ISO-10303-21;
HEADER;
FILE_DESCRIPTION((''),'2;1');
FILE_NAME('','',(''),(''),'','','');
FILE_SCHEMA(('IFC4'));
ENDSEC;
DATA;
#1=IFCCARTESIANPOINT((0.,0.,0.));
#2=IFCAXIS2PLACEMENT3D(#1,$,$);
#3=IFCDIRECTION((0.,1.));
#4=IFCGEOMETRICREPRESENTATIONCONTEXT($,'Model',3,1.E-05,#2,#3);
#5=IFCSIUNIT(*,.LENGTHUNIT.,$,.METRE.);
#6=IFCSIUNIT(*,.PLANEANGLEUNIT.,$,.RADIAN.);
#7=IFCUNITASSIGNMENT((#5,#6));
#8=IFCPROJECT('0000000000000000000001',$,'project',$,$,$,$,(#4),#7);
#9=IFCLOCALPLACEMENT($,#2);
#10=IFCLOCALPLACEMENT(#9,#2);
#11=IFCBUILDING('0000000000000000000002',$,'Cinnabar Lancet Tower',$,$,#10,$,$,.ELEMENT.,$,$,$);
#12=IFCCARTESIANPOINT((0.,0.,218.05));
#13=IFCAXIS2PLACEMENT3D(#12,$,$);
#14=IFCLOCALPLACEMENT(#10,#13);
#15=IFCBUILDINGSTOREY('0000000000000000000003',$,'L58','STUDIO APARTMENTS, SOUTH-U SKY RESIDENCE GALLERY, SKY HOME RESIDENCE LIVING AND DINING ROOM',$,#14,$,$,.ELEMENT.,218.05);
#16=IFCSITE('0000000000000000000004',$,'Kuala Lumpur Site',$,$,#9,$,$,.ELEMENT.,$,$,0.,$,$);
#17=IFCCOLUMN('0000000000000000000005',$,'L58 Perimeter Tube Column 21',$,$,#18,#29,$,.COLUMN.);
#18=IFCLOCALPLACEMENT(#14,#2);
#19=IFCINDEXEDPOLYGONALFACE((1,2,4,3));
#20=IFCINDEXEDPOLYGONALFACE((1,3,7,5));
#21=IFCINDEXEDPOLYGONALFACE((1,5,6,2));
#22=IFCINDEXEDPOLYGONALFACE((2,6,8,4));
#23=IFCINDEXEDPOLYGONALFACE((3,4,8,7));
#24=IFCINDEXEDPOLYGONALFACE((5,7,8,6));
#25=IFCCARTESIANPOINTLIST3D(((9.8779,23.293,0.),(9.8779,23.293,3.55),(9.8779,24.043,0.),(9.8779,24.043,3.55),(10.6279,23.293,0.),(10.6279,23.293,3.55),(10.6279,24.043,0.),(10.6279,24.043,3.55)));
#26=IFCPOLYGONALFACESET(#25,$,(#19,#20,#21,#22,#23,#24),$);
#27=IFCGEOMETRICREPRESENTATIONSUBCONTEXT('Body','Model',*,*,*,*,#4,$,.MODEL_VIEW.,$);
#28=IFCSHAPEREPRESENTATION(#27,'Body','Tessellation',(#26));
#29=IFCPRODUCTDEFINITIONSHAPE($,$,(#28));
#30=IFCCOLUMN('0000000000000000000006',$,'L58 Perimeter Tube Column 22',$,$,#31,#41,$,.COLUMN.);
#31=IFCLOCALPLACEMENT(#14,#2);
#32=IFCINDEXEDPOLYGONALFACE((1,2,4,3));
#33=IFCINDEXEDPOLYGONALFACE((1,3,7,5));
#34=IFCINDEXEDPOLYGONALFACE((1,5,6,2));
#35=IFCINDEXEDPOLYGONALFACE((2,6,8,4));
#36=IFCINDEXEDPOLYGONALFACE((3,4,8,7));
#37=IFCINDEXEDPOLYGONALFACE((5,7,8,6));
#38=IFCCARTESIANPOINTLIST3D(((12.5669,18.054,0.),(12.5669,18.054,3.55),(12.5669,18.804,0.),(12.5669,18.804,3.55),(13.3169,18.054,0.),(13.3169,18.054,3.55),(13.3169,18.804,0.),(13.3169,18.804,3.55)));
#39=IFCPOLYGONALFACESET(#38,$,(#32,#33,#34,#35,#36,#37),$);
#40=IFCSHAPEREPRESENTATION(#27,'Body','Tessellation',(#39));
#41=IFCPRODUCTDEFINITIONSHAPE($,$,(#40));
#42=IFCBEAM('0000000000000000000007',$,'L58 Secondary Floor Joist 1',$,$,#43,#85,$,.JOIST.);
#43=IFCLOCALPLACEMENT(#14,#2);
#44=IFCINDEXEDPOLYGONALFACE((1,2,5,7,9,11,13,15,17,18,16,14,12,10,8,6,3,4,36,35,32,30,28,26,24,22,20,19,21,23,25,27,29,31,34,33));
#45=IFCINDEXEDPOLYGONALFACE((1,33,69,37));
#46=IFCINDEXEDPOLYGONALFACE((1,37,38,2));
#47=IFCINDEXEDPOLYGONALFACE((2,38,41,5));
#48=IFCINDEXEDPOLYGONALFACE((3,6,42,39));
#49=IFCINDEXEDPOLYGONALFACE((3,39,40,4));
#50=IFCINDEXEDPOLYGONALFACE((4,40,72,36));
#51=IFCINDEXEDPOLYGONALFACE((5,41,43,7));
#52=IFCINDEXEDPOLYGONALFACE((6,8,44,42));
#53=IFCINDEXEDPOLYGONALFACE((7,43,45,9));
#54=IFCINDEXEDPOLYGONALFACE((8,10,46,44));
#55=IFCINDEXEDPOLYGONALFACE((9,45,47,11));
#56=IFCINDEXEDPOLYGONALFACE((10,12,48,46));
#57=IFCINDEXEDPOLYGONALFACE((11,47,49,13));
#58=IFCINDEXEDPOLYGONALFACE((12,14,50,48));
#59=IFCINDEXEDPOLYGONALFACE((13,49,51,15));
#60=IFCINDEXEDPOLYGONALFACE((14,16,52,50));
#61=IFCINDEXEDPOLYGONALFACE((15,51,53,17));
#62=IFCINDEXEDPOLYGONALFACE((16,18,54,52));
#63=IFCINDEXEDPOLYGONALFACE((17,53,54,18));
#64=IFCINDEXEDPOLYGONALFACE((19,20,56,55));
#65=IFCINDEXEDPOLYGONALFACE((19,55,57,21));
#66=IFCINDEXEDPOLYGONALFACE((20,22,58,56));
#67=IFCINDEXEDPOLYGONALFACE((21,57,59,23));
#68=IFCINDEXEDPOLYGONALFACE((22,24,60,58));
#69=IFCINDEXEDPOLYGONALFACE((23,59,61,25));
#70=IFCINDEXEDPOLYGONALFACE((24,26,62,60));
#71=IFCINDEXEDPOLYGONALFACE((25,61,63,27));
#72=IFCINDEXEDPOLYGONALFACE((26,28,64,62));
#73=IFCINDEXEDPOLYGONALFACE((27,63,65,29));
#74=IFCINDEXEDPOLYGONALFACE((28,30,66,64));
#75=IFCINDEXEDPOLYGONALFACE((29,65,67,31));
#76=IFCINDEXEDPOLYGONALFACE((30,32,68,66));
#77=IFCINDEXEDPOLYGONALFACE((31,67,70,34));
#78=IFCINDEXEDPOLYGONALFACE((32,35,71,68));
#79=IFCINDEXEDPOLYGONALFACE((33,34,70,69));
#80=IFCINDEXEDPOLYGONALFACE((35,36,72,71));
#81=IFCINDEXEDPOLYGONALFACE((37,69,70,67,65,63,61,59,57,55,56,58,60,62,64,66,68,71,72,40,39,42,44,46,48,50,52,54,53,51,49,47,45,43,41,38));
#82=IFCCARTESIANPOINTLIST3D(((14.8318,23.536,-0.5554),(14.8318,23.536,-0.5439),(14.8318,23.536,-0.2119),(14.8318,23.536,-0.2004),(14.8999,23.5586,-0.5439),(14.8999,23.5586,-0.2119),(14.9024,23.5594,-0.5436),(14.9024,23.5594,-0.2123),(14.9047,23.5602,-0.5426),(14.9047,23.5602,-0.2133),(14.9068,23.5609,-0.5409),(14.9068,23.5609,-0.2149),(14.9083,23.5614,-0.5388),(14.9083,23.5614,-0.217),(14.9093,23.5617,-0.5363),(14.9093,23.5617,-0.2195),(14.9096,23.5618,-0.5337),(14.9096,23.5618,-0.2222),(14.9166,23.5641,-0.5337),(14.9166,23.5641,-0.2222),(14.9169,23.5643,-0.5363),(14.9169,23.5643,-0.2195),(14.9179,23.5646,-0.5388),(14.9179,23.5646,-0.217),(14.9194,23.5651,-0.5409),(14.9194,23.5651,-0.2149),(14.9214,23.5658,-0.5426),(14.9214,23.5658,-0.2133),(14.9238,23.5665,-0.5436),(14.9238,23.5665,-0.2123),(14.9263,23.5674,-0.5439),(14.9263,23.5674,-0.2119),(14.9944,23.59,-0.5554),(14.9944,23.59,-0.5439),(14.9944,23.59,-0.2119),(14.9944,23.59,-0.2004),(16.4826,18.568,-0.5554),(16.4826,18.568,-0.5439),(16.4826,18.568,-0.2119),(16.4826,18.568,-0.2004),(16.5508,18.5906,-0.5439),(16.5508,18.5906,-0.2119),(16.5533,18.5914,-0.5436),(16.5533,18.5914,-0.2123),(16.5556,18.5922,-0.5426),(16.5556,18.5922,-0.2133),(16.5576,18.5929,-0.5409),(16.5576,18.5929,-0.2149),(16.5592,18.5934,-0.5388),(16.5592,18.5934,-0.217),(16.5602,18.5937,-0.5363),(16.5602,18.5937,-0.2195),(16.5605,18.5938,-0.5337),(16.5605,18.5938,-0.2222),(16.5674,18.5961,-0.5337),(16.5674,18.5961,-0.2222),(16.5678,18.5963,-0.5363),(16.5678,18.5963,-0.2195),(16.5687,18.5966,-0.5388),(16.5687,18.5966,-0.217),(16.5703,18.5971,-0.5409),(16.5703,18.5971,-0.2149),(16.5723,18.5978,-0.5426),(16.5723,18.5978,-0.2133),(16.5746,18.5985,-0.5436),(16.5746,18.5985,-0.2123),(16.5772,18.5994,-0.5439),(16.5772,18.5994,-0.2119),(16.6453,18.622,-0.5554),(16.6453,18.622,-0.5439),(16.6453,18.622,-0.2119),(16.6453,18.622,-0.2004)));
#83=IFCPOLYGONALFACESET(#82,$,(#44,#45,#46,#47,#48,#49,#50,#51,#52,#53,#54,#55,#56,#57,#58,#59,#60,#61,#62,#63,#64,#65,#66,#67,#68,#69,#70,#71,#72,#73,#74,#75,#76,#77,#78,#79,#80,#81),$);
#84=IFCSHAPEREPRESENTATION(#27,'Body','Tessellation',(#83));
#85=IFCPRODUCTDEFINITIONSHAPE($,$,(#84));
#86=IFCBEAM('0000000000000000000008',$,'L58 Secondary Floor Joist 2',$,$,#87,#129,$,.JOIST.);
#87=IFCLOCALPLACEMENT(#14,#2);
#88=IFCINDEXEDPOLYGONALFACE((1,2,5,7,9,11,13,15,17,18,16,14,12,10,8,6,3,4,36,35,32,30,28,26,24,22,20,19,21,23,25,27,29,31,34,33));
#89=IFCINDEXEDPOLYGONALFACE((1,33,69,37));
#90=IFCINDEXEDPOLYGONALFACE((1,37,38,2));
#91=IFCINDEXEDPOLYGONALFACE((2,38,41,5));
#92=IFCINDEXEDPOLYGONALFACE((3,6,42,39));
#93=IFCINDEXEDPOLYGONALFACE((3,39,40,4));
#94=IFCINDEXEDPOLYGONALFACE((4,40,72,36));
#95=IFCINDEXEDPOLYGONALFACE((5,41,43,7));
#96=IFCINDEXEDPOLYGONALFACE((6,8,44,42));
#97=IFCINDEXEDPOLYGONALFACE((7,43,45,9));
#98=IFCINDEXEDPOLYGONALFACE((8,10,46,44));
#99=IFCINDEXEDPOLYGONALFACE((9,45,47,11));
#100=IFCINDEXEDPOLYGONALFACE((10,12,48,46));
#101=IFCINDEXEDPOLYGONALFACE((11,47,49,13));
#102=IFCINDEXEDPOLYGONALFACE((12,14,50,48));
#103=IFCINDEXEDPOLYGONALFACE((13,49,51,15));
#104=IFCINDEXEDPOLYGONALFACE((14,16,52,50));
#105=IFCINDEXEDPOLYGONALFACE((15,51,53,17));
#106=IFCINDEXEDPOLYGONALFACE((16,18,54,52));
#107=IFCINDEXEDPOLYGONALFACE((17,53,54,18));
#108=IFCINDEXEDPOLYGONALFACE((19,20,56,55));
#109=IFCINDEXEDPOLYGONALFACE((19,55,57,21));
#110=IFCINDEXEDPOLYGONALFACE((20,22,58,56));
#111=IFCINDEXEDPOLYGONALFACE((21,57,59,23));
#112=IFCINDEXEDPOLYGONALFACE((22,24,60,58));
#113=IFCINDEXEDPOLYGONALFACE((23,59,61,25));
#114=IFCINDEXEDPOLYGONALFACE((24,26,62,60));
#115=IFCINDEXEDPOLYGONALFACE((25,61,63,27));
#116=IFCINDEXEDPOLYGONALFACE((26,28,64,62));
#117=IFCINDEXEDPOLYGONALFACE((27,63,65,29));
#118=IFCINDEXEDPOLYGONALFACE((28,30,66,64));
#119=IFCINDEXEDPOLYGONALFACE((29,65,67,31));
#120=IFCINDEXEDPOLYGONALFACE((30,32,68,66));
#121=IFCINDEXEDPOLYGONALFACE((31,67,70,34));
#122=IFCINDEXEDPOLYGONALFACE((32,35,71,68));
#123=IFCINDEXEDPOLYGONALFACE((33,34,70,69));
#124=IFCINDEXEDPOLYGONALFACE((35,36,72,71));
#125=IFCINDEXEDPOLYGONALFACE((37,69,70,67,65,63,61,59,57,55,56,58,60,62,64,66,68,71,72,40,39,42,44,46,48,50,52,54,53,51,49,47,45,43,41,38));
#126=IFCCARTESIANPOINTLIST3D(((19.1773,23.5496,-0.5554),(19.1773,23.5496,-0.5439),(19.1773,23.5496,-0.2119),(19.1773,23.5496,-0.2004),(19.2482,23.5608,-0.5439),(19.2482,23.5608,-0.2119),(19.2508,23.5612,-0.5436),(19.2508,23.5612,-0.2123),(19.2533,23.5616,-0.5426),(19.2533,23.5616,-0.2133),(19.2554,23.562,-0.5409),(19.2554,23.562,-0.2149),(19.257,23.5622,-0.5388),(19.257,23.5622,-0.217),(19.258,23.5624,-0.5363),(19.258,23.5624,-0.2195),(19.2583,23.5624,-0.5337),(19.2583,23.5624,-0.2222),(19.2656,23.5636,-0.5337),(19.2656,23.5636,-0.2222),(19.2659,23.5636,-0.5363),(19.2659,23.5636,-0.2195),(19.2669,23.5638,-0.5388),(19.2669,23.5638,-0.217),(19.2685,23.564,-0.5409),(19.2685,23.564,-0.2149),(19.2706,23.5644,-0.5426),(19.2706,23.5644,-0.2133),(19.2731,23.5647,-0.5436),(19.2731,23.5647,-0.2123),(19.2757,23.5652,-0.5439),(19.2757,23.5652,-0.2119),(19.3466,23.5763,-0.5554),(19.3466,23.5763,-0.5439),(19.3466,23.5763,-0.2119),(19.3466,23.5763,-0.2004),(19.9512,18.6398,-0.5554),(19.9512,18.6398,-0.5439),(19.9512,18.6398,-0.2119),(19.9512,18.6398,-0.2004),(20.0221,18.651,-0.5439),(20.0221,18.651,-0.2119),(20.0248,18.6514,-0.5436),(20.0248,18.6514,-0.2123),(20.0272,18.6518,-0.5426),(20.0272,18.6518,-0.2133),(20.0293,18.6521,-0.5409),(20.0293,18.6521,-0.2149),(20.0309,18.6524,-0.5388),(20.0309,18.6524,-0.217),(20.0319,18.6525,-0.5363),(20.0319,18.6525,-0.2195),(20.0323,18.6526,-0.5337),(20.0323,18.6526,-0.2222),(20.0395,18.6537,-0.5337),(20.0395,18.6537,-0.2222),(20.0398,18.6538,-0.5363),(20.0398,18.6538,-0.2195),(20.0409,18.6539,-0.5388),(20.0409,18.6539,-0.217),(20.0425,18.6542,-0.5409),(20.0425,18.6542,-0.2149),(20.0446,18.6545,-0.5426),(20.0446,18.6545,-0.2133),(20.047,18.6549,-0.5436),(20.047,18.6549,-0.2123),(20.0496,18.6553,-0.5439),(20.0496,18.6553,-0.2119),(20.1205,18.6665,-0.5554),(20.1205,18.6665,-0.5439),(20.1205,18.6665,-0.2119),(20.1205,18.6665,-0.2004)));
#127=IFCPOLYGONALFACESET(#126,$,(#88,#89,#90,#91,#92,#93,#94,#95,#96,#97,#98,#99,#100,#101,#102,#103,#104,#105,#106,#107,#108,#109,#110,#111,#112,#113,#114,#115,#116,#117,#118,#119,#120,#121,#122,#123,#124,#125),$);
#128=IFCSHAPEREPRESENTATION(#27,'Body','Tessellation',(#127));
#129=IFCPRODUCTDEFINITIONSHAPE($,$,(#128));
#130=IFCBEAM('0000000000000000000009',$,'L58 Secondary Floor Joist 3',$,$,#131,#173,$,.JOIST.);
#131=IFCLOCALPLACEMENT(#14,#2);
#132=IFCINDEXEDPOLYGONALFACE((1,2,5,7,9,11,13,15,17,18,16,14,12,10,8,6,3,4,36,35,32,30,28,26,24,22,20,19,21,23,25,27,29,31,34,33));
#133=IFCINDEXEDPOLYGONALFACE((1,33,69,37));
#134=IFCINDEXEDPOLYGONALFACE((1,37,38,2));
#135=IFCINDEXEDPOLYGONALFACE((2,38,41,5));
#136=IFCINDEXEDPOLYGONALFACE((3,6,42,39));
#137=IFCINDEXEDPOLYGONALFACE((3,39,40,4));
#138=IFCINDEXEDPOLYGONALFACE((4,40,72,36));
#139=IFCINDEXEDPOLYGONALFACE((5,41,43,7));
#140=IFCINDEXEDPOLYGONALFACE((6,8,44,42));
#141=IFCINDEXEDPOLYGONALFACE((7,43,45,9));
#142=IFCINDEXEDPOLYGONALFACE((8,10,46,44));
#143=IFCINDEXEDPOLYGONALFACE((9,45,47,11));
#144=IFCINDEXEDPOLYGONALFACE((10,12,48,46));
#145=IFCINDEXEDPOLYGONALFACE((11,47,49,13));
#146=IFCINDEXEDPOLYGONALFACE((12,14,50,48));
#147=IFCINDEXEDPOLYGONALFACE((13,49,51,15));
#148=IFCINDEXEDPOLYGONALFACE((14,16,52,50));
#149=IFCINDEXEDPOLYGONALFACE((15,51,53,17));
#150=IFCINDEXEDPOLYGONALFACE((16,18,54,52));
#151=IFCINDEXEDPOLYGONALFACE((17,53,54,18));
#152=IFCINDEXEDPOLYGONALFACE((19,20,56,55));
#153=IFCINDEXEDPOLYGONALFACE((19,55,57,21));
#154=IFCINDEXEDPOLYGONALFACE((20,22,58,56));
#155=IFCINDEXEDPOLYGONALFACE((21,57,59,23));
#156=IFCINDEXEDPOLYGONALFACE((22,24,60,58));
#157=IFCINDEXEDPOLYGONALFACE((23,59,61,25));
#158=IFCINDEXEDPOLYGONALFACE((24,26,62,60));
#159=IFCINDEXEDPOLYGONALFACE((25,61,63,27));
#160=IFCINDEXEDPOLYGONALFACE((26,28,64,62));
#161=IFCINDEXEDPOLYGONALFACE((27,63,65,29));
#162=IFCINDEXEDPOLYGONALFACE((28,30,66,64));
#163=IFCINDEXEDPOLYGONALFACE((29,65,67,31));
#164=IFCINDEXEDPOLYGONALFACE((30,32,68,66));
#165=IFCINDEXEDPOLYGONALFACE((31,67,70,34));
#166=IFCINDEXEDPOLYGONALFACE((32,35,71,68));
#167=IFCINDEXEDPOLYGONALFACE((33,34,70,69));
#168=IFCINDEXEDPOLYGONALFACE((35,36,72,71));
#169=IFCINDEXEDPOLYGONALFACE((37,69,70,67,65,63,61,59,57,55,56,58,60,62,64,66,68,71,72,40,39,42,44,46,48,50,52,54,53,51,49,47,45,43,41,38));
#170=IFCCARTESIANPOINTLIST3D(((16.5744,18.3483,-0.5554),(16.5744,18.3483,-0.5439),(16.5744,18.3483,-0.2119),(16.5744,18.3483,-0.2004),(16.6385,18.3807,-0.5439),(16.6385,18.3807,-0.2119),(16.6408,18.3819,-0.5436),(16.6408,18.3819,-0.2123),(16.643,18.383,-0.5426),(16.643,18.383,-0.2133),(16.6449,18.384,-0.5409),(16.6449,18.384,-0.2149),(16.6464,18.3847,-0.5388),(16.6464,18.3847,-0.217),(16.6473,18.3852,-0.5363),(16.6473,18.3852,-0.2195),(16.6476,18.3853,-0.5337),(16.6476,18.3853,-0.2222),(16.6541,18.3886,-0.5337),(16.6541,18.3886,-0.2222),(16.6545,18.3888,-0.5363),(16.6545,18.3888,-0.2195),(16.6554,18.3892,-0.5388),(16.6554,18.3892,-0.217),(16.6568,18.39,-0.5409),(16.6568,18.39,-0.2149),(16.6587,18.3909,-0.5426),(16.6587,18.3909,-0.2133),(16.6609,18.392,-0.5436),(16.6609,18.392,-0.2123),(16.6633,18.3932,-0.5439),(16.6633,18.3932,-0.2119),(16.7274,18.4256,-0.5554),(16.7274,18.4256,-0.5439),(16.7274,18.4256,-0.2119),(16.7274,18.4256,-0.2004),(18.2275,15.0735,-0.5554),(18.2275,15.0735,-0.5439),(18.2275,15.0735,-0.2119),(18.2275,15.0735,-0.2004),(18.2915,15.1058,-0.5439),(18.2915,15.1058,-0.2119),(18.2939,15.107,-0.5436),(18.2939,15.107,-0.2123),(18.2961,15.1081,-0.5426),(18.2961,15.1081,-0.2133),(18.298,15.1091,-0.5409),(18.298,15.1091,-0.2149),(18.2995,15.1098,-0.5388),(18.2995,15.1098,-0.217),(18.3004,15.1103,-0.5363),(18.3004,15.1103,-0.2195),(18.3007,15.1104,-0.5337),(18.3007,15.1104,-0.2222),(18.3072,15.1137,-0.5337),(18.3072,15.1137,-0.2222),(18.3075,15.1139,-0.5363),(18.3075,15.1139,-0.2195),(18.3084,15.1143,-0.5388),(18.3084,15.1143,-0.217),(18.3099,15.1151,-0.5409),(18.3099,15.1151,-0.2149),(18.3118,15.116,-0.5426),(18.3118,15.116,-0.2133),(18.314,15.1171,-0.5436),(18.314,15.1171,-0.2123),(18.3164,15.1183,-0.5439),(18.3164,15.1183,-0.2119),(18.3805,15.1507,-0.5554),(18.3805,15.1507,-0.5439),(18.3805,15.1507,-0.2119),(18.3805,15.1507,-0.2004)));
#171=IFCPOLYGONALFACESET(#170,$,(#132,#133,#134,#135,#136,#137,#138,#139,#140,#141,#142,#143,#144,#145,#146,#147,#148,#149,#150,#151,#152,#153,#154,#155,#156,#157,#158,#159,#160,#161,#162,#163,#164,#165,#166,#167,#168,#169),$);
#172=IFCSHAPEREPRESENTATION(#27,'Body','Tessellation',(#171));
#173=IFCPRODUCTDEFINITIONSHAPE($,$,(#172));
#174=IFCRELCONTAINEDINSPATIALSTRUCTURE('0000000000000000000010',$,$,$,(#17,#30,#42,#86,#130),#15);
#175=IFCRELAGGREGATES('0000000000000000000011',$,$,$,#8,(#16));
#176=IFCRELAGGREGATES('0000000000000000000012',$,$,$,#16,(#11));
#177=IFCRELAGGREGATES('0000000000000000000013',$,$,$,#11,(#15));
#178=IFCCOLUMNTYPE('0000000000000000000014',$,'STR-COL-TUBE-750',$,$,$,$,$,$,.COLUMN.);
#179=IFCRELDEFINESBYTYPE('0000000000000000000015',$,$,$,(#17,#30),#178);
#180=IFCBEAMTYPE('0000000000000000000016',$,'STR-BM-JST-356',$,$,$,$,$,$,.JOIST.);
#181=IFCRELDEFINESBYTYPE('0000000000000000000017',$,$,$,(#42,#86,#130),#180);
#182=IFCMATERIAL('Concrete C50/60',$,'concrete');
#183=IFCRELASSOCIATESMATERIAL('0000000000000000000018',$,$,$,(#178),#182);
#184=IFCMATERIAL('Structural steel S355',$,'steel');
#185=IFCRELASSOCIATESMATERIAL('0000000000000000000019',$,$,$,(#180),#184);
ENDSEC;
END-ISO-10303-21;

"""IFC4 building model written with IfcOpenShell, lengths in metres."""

from ifc_helpers import new_model, si_unit, direction, frame, origin, origin_2d, place, context, subcontext, project, spatial, rectangle, i_section, extrude, material, material_profile, profile_set, type_object, element, save


model = new_model("IFC4")

# Units and contexts
model_context = context("Model", 3, precision=1e-05, world=origin(), true_north=direction((0.0, 1.0)))
body_context = subcontext(model_context, "Body", "Model", "MODEL_VIEW")
ifc_project = project(units=[si_unit("LENGTHUNIT", "METRE"), si_unit("PLANEANGLEUNIT", "RADIAN")], contexts=[model_context])

# Site, building, storey
site_placement = place(None, origin())
site = spatial("IfcSite", under=ifc_project, at=site_placement, Name="Kuala Lumpur Site", CompositionType="ELEMENT", RefElevation=0.0)
building_placement = place(site_placement, origin())
building = spatial("IfcBuilding", under=site, at=building_placement, Name="Cinnabar Lancet Tower", CompositionType="ELEMENT")
storey_placement = place(building_placement, frame((0.0, 0.0, 218.05)))
storey = spatial("IfcBuildingStorey", under=building, at=storey_placement, Name="L58", Description="STUDIO APARTMENTS, SOUTH-U SKY RESIDENCE GALLERY, SKY HOME RESIDENCE LIVING AND DINING ROOM", CompositionType="ELEMENT", Elevation=218.05)

# Columns
ifc_material_1 = material(Name="Concrete C50/60", Category="concrete")
ifc_material_profile_1 = material_profile(ifc_material_1, rectangle(XDim=0.75, YDim=0.75, at=origin_2d()), Name="RC-COL 750x750")
ifc_profile_set_1 = profile_set([ifc_material_profile_1], Name="Concrete C50/60")
column_type = type_object("IfcColumnType", Name="STR-COL-TUBE-750", PredefinedType="COLUMN", material=ifc_profile_set_1)
for number, where, z_axis, x_axis, name in (
    (1, (10.2529, 23.668, 0.0), (0.0, 0.0, 1.0), (1.0, 0.0, 0.0), "L58 Perimeter Tube Column 21"),
    (2, (12.9419, 18.429, 0.0), (0.0, 0.0, 1.0), (1.0, 0.0, 0.0), "L58 Perimeter Tube Column 22"),
):
    element("IfcColumn", number, at=place(storey_placement, frame(where, z_axis=z_axis, x_axis=x_axis)), inside=storey, type_object=column_type, Name=name, PredefinedType="COLUMN", context=body_context, shape_type="SweptSolid", body=[
        extrude(rectangle(XDim=0.75, YDim=0.75, at=origin_2d()), origin(), (0.0, 0.0, 1.0), 3.55),
    ])

# Beams
ifc_material_2 = material(Name="Structural steel S355", Category="steel")
ifc_material_profile_2 = material_profile(ifc_material_2, i_section(OverallWidth=0.1714, OverallDepth=0.355, WebThickness=0.0073, FlangeThickness=0.0115, FilletRadius=0.0103, at=origin_2d()), Name="UKB 356x171x51")
ifc_profile_set_2 = profile_set([ifc_material_profile_2], Name="Structural steel S355")
beam_type_1 = type_object("IfcBeamType", Name="STR-BM-JST-356", PredefinedType="JOIST", material=ifc_profile_set_2)
beam_1_placement = place(storey_placement, frame((14.9131, 23.563, -0.3779), z_axis=(0.315346, -0.948977, 0.0), x_axis=(0.948977, 0.315346, 0.0)))
element("IfcBeam", 3, at=beam_1_placement, inside=storey, type_object=beam_type_1, Name="L58 Secondary Floor Joist 1", PredefinedType="JOIST", context=body_context, shape_type="SweptSolid", body=[
    extrude(i_section(OverallWidth=0.1714, OverallDepth=0.355, WebThickness=0.0073, FlangeThickness=0.0115, FilletRadius=0.0103, at=origin_2d()), origin(), (0.0, 0.0, 1.0), 5.2351),
])
beam_2_placement = place(storey_placement, frame((19.262, 23.563, -0.3779), z_axis=(0.155703, -0.987804, 0.0), x_axis=(0.987804, 0.155703, 0.0)))
element("IfcBeam", 4, at=beam_2_placement, inside=storey, type_object=beam_type_1, Name="L58 Secondary Floor Joist 2", PredefinedType="JOIST", context=body_context, shape_type="SweptSolid", body=[
    extrude(i_section(OverallWidth=0.1714, OverallDepth=0.355, WebThickness=0.0073, FlangeThickness=0.0115, FilletRadius=0.0103, at=origin_2d()), origin(), (0.0, 0.0, 1.0), 4.9705),
])
beam_3_placement = place(storey_placement, frame((16.6509, 18.387, -0.3779), z_axis=(0.450618, -0.892717, 0.0), x_axis=(0.892717, 0.450618, 0.0)))
element("IfcBeam", 5, at=beam_3_placement, inside=storey, type_object=beam_type_1, Name="L58 Secondary Floor Joist 3", PredefinedType="JOIST", context=body_context, shape_type="SweptSolid", body=[
    extrude(i_section(OverallWidth=0.1714, OverallDepth=0.355, WebThickness=0.0073, FlangeThickness=0.0115, FilletRadius=0.0103, at=origin_2d()), origin(), (0.0, 0.0, 1.0), 3.6685),
])

save(model, "model.ifc")
